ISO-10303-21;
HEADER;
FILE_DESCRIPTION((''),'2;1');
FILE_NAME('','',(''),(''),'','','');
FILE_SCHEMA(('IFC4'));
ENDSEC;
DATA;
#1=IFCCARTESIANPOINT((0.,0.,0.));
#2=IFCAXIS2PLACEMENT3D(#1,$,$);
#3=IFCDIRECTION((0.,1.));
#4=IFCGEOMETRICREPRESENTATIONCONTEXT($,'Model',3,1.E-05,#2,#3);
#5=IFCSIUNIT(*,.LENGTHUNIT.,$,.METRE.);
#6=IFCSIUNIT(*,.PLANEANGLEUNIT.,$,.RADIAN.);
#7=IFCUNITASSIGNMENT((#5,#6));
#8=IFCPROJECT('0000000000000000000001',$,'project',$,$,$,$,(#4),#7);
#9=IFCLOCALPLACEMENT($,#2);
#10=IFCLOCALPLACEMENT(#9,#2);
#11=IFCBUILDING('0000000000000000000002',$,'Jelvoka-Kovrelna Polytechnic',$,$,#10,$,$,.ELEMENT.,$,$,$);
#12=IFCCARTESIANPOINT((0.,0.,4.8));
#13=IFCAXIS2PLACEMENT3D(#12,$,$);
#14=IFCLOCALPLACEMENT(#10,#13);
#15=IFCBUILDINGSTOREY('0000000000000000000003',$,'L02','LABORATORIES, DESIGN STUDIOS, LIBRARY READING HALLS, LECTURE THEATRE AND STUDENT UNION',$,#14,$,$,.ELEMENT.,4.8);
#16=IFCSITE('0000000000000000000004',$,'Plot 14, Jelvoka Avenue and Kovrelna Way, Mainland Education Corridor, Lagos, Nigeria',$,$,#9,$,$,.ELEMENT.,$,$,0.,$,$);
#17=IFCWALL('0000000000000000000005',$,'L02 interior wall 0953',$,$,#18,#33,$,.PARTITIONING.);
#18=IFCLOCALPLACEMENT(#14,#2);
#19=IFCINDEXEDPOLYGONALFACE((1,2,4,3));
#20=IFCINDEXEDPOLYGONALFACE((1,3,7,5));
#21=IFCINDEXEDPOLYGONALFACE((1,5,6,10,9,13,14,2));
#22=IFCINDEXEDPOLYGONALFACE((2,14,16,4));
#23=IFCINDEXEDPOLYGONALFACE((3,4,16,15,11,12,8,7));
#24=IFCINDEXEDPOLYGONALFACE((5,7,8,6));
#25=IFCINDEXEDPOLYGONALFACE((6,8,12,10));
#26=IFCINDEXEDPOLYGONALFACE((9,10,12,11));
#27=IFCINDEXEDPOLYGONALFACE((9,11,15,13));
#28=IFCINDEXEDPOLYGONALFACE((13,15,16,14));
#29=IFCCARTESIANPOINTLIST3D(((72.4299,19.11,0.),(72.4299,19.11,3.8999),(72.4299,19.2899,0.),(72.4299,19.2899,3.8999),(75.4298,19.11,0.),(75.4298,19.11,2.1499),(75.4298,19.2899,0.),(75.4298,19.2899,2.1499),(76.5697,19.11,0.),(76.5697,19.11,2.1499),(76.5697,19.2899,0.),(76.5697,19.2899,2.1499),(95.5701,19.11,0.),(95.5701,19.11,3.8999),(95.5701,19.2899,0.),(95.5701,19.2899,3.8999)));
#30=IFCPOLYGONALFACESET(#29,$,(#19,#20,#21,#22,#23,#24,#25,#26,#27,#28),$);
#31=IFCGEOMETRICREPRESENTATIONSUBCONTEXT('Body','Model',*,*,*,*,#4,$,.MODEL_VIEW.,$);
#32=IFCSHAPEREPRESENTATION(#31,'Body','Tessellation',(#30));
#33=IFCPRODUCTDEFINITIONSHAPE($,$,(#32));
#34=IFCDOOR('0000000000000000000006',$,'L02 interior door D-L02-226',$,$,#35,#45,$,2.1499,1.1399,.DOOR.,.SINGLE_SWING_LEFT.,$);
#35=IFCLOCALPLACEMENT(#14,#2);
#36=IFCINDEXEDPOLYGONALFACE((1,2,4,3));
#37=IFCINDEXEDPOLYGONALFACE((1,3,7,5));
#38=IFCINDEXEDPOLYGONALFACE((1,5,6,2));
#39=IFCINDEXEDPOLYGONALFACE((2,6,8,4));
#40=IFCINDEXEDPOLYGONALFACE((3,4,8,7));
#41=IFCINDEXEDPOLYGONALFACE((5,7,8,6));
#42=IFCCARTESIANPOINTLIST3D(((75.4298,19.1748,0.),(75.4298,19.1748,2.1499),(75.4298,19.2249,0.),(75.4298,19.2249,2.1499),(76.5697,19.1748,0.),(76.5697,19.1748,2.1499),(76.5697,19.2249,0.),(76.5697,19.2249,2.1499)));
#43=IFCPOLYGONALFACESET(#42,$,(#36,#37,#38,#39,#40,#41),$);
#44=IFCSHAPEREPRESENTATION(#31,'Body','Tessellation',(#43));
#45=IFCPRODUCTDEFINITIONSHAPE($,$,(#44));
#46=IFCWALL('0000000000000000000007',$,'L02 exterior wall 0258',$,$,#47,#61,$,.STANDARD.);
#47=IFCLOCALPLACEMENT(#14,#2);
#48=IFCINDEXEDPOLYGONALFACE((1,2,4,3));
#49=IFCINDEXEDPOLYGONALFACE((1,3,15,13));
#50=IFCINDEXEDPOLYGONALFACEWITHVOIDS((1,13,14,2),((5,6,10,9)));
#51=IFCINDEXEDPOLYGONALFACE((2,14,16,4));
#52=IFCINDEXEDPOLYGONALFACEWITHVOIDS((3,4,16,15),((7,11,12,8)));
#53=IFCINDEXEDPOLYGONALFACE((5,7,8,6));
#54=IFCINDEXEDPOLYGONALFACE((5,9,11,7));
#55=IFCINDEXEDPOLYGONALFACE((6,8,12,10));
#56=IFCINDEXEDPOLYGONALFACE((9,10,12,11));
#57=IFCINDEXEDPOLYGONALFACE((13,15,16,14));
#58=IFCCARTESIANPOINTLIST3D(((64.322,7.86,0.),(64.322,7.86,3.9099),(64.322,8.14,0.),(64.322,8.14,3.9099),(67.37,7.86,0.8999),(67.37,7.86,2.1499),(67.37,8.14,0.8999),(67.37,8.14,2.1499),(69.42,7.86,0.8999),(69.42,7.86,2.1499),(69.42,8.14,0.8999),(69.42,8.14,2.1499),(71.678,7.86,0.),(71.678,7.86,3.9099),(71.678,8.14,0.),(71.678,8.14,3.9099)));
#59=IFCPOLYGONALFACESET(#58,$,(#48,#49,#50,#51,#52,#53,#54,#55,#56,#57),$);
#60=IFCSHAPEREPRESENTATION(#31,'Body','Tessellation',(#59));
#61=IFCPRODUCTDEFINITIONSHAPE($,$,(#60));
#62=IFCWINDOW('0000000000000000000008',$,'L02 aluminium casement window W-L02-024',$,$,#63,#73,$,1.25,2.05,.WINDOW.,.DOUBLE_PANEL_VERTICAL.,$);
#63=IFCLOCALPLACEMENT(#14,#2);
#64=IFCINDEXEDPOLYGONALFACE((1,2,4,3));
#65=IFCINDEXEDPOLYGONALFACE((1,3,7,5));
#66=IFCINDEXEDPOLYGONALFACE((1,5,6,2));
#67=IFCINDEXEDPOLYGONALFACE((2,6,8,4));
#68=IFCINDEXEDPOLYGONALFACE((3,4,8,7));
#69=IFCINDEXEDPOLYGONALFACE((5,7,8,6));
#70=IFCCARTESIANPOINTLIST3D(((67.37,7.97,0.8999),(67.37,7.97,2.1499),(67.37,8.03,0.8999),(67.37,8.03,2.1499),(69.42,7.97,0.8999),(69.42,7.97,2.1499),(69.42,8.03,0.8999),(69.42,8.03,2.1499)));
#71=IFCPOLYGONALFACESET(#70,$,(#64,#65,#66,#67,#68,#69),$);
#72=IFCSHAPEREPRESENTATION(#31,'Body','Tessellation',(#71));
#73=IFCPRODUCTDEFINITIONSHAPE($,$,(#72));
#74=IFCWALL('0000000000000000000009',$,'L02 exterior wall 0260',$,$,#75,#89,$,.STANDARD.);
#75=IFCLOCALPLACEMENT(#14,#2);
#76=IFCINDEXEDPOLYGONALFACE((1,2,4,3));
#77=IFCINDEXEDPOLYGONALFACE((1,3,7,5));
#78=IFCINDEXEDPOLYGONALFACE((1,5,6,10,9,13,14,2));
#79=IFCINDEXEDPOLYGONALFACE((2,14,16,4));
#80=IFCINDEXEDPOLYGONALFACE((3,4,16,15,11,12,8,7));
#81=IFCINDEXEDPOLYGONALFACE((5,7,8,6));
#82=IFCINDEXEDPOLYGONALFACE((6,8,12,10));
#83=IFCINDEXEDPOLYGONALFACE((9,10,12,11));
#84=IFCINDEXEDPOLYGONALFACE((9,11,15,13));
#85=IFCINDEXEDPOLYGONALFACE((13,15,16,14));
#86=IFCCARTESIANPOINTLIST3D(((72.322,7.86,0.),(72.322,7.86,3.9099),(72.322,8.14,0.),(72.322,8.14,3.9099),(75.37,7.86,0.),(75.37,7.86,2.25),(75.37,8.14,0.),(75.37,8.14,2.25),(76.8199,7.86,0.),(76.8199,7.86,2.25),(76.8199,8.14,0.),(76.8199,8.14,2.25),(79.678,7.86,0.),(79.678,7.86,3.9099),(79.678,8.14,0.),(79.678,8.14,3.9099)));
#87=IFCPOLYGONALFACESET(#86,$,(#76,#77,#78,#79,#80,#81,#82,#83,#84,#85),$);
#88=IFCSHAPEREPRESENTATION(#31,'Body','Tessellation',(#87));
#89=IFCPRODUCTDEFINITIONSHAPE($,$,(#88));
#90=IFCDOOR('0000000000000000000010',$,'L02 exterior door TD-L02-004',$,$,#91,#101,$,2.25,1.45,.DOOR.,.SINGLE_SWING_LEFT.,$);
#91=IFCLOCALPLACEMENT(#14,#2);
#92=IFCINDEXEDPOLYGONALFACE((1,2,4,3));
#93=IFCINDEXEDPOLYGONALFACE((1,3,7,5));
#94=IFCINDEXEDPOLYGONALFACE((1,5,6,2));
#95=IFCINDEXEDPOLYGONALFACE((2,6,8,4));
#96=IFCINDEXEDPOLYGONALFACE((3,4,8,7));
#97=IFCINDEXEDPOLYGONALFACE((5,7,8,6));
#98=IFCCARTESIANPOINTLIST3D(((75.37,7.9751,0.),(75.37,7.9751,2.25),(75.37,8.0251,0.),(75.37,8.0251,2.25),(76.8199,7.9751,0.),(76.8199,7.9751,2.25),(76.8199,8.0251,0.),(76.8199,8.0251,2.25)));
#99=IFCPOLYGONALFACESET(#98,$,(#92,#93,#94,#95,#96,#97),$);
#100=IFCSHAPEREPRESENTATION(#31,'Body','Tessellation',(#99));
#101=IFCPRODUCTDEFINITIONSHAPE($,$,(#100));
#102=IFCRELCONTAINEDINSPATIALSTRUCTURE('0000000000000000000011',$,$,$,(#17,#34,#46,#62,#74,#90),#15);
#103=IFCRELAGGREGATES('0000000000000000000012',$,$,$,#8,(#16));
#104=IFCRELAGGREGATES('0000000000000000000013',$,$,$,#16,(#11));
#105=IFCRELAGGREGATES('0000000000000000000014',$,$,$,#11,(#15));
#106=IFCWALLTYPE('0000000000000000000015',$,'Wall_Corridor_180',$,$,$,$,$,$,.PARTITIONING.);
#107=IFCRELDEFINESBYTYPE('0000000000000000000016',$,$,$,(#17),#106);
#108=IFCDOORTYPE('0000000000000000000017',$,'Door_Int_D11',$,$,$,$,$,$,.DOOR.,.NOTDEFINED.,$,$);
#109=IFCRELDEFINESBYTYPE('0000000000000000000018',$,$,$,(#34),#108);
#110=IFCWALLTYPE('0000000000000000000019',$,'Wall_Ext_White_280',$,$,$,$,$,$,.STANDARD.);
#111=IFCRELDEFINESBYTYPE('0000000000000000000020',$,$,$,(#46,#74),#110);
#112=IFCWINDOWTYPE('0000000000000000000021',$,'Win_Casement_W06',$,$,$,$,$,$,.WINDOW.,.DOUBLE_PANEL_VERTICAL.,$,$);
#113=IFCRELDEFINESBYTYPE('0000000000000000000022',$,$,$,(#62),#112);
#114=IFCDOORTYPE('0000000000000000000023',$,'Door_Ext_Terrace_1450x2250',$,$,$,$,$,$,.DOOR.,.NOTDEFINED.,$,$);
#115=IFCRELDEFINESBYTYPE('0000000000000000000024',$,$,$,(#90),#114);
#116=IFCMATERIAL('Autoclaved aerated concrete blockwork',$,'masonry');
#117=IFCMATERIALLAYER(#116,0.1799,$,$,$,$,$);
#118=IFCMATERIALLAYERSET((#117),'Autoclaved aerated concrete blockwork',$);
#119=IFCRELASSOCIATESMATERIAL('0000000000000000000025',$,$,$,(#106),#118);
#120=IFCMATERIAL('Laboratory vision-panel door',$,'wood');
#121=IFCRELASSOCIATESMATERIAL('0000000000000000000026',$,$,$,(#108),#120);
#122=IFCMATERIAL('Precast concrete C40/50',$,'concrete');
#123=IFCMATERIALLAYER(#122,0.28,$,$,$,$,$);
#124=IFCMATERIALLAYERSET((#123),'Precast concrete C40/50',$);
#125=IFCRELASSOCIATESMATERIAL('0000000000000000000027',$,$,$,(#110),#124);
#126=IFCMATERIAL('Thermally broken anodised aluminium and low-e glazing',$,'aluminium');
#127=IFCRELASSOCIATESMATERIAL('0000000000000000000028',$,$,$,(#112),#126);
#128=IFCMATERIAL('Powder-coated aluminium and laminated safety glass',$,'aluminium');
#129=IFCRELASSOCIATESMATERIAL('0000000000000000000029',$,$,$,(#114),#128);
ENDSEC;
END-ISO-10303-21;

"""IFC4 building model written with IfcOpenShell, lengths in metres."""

from ifc_helpers import new_model, si_unit, direction, frame, frame_2d, origin, place, context, subcontext, project, spatial, rectangle, extrude, material, layer, layer_set, type_object, element, fill, save


model = new_model("IFC4")

# Units and contexts
model_context = context("Model", 3, precision=1e-05, world=origin(), true_north=direction((0.0, 1.0)))
body_context = subcontext(model_context, "Body", "Model", "MODEL_VIEW")
ifc_project = project(units=[si_unit("LENGTHUNIT", "METRE"), si_unit("PLANEANGLEUNIT", "RADIAN")], contexts=[model_context])

# Site, building, storey
site_placement = place(None, origin())
site = spatial("IfcSite", under=ifc_project, at=site_placement, Name="Plot 14, Jelvoka Avenue and Kovrelna Way, Mainland Education Corridor, Lagos, Nigeria", CompositionType="ELEMENT", RefElevation=0.0)
building_placement = place(site_placement, origin())
building = spatial("IfcBuilding", under=site, at=building_placement, Name="Jelvoka-Kovrelna Polytechnic", CompositionType="ELEMENT")
storey_placement = place(building_placement, frame((0.0, 0.0, 4.8)))
storey = spatial("IfcBuildingStorey", under=building, at=storey_placement, Name="L02", Description="LABORATORIES, DESIGN STUDIOS, LIBRARY READING HALLS, LECTURE THEATRE AND STUDENT UNION", CompositionType="ELEMENT", Elevation=4.8)

# Wall, opening, door
ifc_material_1 = material(Name="Autoclaved aerated concrete blockwork", Category="masonry")
ifc_layer_1 = layer(ifc_material_1, 0.1799)
ifc_layer_set_1 = layer_set([ifc_layer_1], Name="Autoclaved aerated concrete blockwork")
wall_type_1 = type_object("IfcWallType", Name="Wall_Corridor_180", PredefinedType="PARTITIONING", material=ifc_layer_set_1)
wall_1_placement = place(storey_placement, frame((72.4299, 19.2, 0.0), z_axis=(0.0, 0.0, 1.0), x_axis=(1.0, 0.0, 0.0)))
wall_1 = element("IfcWall", 1, at=wall_1_placement, inside=storey, type_object=wall_type_1, Name="L02 interior wall 0953", PredefinedType="PARTITIONING", context=body_context, shape_type="SweptSolid", body=[
    extrude(rectangle(XDim=23.1401, YDim=0.1799, at=frame_2d((11.5701, 0.0))), origin(), (0.0, 0.0, 1.0), 3.8999),
])
opening_1_placement = place(wall_1_placement, frame((3.0, 0.0, 0.0)))
opening_1 = element("IfcOpeningElement", 2, at=opening_1_placement, cuts=wall_1, PredefinedType="OPENING", context=body_context, shape_type="SweptSolid", body=[
    extrude(rectangle(XDim=1.1399, YDim=2.1499, at=frame_2d((0.5698, 1.075))), frame((0.0, 0.0999, 0.0), z_axis=(0.0, -1.0, 0.0), x_axis=(1.0, 0.0, 0.0)), (0.0, 0.0, 1.0), 0.2),
])
ifc_material_2 = material(Name="Laboratory vision-panel door", Category="wood")
door_type_1 = type_object("IfcDoorType", Name="Door_Int_D11", OperationType="NOTDEFINED", PredefinedType="DOOR", material=ifc_material_2)
door_1_placement = place(opening_1_placement, origin())
door_1 = element("IfcDoor", 3, at=door_1_placement, inside=storey, type_object=door_type_1, Name="L02 interior door D-L02-226", OperationType="SINGLE_SWING_LEFT", OverallHeight=2.1499, OverallWidth=1.1399, PredefinedType="DOOR", context=body_context, shape_type="SweptSolid", body=[
    extrude(rectangle(XDim=1.1399, YDim=2.1499, at=frame_2d((0.5698, 1.075))), frame((0.0, 0.0249, 0.0), z_axis=(0.0, -1.0, 0.0), x_axis=(1.0, 0.0, 0.0)), (0.0, 0.0, 1.0), 0.05),
])
fill(opening_1, door_1)

# Wall, opening, window
ifc_material_3 = material(Name="Precast concrete C40/50", Category="concrete")
ifc_layer_2 = layer(ifc_material_3, 0.28)
ifc_layer_set_2 = layer_set([ifc_layer_2], Name="Precast concrete C40/50")
wall_type_2 = type_object("IfcWallType", Name="Wall_Ext_White_280", PredefinedType="STANDARD", material=ifc_layer_set_2)
wall_2_placement = place(storey_placement, frame((71.678, 8.0, 0.0), z_axis=(0.0, 0.0, 1.0), x_axis=(-1.0, 0.0, 0.0)))
wall_2 = element("IfcWall", 4, at=wall_2_placement, inside=storey, type_object=wall_type_2, Name="L02 exterior wall 0258", PredefinedType="STANDARD", context=body_context, shape_type="SweptSolid", body=[
    extrude(rectangle(XDim=7.356, YDim=0.28, at=frame_2d((3.678, 0.0))), origin(), (0.0, 0.0, 1.0), 3.9099),
])
opening_2_placement = place(wall_2_placement, frame((2.2581, 0.0, 0.8999)))
opening_2 = element("IfcOpeningElement", 5, at=opening_2_placement, cuts=wall_2, PredefinedType="OPENING", context=body_context, shape_type="SweptSolid", body=[
    extrude(rectangle(XDim=2.05, YDim=1.25, at=frame_2d((1.0249, 0.625))), frame((0.0, 0.1501, 0.0), z_axis=(0.0, -1.0, 0.0), x_axis=(1.0, 0.0, 0.0)), (0.0, 0.0, 1.0), 0.3),
])
ifc_material_4 = material(Name="Thermally broken anodised aluminium and low-e glazing", Category="aluminium")
window_type = type_object("IfcWindowType", Name="Win_Casement_W06", PartitioningType="DOUBLE_PANEL_VERTICAL", PredefinedType="WINDOW", material=ifc_material_4)
window_placement = place(opening_2_placement, origin())
window = element("IfcWindow", 6, at=window_placement, inside=storey, type_object=window_type, Name="L02 aluminium casement window W-L02-024", OverallHeight=1.25, OverallWidth=2.05, PartitioningType="DOUBLE_PANEL_VERTICAL", PredefinedType="WINDOW", context=body_context, shape_type="SweptSolid", body=[
    extrude(rectangle(XDim=2.05, YDim=1.25, at=frame_2d((1.0249, 0.625))), frame((0.0, 0.03, 0.0), z_axis=(0.0, -1.0, 0.0), x_axis=(1.0, 0.0, 0.0)), (0.0, 0.0, 1.0), 0.0601),
])
fill(opening_2, window)

# Wall, opening, door
wall_3_placement = place(storey_placement, frame((79.678, 8.0, 0.0), z_axis=(0.0, 0.0, 1.0), x_axis=(-1.0, 0.0, 0.0)))
wall_3 = element("IfcWall", 7, at=wall_3_placement, inside=storey, type_object=wall_type_2, Name="L02 exterior wall 0260", PredefinedType="STANDARD", context=body_context, shape_type="SweptSolid", body=[
    extrude(rectangle(XDim=7.356, YDim=0.28, at=frame_2d((3.678, 0.0))), origin(), (0.0, 0.0, 1.0), 3.9099),
])
opening_3_placement = place(wall_3_placement, frame((2.8579, 0.0, 0.0)))
opening_3 = element("IfcOpeningElement", 8, at=opening_3_placement, cuts=wall_3, PredefinedType="OPENING", context=body_context, shape_type="SweptSolid", body=[
    extrude(rectangle(XDim=1.45, YDim=2.25, at=frame_2d((0.7251, 1.125))), frame((0.0, 0.1501, 0.0), z_axis=(0.0, -1.0, 0.0), x_axis=(1.0, 0.0, 0.0)), (0.0, 0.0, 1.0), 0.3),
])
ifc_material_5 = material(Name="Powder-coated aluminium and laminated safety glass", Category="aluminium")
door_type_2 = type_object("IfcDoorType", Name="Door_Ext_Terrace_1450x2250", OperationType="NOTDEFINED", PredefinedType="DOOR", material=ifc_material_5)
door_2_placement = place(opening_3_placement, origin())
door_2 = element("IfcDoor", 9, at=door_2_placement, inside=storey, type_object=door_type_2, Name="L02 exterior door TD-L02-004", OperationType="SINGLE_SWING_LEFT", OverallHeight=2.25, OverallWidth=1.45, PredefinedType="DOOR", context=body_context, shape_type="SweptSolid", body=[
    extrude(rectangle(XDim=1.45, YDim=2.25, at=frame_2d((0.7251, 1.125))), frame((0.0, 0.0249, 0.0), z_axis=(0.0, -1.0, 0.0), x_axis=(1.0, 0.0, 0.0)), (0.0, 0.0, 1.0), 0.05),
])
fill(opening_3, door_2)

save(model, "model.ifc")
